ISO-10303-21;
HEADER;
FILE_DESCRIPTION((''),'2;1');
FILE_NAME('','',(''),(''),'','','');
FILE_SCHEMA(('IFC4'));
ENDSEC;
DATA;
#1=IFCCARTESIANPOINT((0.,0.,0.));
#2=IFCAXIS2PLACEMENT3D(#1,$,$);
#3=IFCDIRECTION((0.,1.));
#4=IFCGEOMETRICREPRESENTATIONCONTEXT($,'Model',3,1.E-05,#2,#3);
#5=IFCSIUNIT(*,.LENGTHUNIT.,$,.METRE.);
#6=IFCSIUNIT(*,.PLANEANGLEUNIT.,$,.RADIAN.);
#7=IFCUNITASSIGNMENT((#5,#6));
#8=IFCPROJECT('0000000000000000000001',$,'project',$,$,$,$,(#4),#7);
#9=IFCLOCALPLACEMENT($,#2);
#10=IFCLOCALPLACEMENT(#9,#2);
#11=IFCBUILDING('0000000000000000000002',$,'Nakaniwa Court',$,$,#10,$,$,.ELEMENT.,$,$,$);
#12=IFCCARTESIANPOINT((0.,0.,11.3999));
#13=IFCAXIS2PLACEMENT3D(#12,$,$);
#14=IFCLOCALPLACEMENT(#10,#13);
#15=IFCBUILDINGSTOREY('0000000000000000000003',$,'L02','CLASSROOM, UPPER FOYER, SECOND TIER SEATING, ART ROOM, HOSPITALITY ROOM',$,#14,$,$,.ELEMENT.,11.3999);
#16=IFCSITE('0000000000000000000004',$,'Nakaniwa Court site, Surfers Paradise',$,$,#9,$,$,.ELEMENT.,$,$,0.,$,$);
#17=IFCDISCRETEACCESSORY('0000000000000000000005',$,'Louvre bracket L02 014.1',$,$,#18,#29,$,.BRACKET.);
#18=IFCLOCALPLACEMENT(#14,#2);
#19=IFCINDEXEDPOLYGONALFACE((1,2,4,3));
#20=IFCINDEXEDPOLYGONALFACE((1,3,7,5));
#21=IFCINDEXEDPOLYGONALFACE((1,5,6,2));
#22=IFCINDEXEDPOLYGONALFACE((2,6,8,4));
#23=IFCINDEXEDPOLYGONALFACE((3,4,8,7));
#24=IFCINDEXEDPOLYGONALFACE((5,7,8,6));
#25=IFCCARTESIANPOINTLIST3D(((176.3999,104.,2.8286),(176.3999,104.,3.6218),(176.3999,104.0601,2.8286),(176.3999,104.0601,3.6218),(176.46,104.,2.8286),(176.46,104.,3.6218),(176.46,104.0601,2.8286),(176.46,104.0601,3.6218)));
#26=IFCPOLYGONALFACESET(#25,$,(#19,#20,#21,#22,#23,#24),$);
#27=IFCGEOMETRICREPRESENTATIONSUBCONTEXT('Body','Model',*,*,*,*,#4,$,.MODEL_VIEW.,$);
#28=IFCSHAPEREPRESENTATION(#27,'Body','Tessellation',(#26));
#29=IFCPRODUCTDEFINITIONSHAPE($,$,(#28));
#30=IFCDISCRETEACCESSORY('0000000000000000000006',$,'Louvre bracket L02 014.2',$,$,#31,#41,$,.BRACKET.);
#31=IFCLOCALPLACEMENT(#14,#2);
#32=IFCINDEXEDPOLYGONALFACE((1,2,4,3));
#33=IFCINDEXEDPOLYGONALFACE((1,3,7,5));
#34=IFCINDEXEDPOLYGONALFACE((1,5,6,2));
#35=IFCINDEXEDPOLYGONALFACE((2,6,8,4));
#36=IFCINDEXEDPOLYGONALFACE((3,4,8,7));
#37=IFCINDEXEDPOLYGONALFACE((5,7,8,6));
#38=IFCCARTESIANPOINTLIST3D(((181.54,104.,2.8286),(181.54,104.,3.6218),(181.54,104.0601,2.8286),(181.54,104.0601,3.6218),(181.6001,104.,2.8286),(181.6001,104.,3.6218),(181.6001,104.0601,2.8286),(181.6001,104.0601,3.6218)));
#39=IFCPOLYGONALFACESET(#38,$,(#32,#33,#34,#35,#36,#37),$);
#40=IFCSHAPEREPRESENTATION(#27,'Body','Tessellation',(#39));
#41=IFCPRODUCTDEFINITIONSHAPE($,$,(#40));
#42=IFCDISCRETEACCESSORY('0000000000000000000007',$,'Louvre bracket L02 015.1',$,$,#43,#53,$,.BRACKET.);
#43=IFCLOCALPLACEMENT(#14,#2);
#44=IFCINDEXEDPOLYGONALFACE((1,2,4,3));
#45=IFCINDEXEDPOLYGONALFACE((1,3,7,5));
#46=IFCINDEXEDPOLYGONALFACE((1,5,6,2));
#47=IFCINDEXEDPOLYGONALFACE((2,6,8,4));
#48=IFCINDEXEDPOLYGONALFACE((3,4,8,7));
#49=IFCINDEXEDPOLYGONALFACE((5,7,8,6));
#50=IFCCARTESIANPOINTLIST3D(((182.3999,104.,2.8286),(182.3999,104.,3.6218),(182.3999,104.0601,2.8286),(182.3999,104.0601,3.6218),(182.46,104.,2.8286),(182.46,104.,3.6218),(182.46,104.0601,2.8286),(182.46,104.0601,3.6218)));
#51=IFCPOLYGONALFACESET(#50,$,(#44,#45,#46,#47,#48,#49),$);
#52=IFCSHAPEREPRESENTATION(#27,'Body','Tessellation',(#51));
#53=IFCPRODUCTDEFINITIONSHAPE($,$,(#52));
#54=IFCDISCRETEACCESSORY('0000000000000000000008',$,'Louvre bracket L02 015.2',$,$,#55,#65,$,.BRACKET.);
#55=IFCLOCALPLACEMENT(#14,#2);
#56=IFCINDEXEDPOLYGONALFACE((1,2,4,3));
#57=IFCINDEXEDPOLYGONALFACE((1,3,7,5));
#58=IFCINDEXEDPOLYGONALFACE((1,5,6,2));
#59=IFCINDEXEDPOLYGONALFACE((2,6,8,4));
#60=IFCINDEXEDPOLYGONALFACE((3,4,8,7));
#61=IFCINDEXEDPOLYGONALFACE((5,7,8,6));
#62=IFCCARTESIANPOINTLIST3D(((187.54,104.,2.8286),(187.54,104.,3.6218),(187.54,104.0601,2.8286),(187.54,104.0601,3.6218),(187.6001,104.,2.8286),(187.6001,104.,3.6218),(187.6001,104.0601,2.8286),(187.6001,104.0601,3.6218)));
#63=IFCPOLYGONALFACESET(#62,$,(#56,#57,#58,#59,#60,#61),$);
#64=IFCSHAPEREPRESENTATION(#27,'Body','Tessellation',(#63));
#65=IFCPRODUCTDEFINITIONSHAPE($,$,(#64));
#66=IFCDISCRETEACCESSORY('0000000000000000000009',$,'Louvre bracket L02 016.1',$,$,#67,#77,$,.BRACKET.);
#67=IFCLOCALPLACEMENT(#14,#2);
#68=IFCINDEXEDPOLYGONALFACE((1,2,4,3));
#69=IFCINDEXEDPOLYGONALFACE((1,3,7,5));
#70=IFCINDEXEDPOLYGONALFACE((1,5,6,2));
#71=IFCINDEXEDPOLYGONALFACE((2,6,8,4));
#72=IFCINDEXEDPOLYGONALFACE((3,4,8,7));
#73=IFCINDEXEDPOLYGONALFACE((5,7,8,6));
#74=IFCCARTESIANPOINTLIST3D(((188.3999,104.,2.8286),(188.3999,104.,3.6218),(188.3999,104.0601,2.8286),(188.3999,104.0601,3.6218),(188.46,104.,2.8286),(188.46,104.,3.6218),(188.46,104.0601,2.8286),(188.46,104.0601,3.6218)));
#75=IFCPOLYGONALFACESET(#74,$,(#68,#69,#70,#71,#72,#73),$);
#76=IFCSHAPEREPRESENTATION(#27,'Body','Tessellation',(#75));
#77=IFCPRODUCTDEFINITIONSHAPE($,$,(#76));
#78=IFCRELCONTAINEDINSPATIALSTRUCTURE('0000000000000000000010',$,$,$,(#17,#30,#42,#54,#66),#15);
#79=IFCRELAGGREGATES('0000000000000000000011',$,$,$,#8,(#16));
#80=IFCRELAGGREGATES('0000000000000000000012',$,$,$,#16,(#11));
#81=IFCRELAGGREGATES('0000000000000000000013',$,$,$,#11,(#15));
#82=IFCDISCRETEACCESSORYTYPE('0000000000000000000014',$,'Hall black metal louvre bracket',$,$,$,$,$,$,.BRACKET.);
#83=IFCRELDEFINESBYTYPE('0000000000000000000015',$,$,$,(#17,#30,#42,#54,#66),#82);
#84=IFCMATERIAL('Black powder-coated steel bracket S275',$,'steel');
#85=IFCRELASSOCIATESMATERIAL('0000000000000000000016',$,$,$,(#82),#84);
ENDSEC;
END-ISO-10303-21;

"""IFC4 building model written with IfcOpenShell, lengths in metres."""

from ifc_helpers import new_model, si_unit, direction, frame, origin, origin_2d, place, context, subcontext, project, spatial, rectangle, extrude, material, type_object, element, save


model = new_model("IFC4")

# Units and contexts
model_context = context("Model", 3, precision=1e-05, world=origin(), true_north=direction((0.0, 1.0)))
body_context = subcontext(model_context, "Body", "Model", "MODEL_VIEW")
ifc_project = project(units=[si_unit("LENGTHUNIT", "METRE"), si_unit("PLANEANGLEUNIT", "RADIAN")], contexts=[model_context])

# Site, building, storey
site_placement = place(None, origin())
site = spatial("IfcSite", under=ifc_project, at=site_placement, Name="Nakaniwa Court site, Surfers Paradise", CompositionType="ELEMENT", RefElevation=0.0)
building_placement = place(site_placement, origin())
building = spatial("IfcBuilding", under=site, at=building_placement, Name="Nakaniwa Court", CompositionType="ELEMENT")
storey_placement = place(building_placement, frame((0.0, 0.0, 11.3999)))
storey = spatial("IfcBuildingStorey", under=building, at=storey_placement, Name="L02", Description="CLASSROOM, UPPER FOYER, SECOND TIER SEATING, ART ROOM, HOSPITALITY ROOM", CompositionType="ELEMENT", Elevation=11.3999)

# Discrete accessories
ifc_material_1 = material(Name="Black powder-coated steel bracket S275", Category="steel")
discrete_accessory_type = type_object("IfcDiscreteAccessoryType", Name="Hall black metal louvre bracket", PredefinedType="BRACKET", material=ifc_material_1)
for number, where, z_axis, x_axis, name in (
    (1, (176.4299, 104.03, 2.8286), (0.0, 0.0, 1.0), (1.0, 0.0, 0.0), "Louvre bracket L02 014.1"),
    (2, (181.5701, 104.03, 2.8286), (0.0, 0.0, 1.0), (1.0, 0.0, 0.0), "Louvre bracket L02 014.2"),
    (3, (182.4299, 104.03, 2.8286), (0.0, 0.0, 1.0), (1.0, 0.0, 0.0), "Louvre bracket L02 015.1"),
    (4, (187.5701, 104.03, 2.8286), (0.0, 0.0, 1.0), (1.0, 0.0, 0.0), "Louvre bracket L02 015.2"),
    (5, (188.4299, 104.03, 2.8286), (0.0, 0.0, 1.0), (1.0, 0.0, 0.0), "Louvre bracket L02 016.1"),
):
    element("IfcDiscreteAccessory", number, at=place(storey_placement, frame(where, z_axis=z_axis, x_axis=x_axis)), inside=storey, type_object=discrete_accessory_type, Name=name, PredefinedType="BRACKET", context=body_context, shape_type="SweptSolid", body=[
        extrude(rectangle(XDim=0.0601, YDim=0.0601, at=origin_2d()), origin(), (0.0, 0.0, 1.0), 0.7932),
    ])

save(model, "model.ifc")
